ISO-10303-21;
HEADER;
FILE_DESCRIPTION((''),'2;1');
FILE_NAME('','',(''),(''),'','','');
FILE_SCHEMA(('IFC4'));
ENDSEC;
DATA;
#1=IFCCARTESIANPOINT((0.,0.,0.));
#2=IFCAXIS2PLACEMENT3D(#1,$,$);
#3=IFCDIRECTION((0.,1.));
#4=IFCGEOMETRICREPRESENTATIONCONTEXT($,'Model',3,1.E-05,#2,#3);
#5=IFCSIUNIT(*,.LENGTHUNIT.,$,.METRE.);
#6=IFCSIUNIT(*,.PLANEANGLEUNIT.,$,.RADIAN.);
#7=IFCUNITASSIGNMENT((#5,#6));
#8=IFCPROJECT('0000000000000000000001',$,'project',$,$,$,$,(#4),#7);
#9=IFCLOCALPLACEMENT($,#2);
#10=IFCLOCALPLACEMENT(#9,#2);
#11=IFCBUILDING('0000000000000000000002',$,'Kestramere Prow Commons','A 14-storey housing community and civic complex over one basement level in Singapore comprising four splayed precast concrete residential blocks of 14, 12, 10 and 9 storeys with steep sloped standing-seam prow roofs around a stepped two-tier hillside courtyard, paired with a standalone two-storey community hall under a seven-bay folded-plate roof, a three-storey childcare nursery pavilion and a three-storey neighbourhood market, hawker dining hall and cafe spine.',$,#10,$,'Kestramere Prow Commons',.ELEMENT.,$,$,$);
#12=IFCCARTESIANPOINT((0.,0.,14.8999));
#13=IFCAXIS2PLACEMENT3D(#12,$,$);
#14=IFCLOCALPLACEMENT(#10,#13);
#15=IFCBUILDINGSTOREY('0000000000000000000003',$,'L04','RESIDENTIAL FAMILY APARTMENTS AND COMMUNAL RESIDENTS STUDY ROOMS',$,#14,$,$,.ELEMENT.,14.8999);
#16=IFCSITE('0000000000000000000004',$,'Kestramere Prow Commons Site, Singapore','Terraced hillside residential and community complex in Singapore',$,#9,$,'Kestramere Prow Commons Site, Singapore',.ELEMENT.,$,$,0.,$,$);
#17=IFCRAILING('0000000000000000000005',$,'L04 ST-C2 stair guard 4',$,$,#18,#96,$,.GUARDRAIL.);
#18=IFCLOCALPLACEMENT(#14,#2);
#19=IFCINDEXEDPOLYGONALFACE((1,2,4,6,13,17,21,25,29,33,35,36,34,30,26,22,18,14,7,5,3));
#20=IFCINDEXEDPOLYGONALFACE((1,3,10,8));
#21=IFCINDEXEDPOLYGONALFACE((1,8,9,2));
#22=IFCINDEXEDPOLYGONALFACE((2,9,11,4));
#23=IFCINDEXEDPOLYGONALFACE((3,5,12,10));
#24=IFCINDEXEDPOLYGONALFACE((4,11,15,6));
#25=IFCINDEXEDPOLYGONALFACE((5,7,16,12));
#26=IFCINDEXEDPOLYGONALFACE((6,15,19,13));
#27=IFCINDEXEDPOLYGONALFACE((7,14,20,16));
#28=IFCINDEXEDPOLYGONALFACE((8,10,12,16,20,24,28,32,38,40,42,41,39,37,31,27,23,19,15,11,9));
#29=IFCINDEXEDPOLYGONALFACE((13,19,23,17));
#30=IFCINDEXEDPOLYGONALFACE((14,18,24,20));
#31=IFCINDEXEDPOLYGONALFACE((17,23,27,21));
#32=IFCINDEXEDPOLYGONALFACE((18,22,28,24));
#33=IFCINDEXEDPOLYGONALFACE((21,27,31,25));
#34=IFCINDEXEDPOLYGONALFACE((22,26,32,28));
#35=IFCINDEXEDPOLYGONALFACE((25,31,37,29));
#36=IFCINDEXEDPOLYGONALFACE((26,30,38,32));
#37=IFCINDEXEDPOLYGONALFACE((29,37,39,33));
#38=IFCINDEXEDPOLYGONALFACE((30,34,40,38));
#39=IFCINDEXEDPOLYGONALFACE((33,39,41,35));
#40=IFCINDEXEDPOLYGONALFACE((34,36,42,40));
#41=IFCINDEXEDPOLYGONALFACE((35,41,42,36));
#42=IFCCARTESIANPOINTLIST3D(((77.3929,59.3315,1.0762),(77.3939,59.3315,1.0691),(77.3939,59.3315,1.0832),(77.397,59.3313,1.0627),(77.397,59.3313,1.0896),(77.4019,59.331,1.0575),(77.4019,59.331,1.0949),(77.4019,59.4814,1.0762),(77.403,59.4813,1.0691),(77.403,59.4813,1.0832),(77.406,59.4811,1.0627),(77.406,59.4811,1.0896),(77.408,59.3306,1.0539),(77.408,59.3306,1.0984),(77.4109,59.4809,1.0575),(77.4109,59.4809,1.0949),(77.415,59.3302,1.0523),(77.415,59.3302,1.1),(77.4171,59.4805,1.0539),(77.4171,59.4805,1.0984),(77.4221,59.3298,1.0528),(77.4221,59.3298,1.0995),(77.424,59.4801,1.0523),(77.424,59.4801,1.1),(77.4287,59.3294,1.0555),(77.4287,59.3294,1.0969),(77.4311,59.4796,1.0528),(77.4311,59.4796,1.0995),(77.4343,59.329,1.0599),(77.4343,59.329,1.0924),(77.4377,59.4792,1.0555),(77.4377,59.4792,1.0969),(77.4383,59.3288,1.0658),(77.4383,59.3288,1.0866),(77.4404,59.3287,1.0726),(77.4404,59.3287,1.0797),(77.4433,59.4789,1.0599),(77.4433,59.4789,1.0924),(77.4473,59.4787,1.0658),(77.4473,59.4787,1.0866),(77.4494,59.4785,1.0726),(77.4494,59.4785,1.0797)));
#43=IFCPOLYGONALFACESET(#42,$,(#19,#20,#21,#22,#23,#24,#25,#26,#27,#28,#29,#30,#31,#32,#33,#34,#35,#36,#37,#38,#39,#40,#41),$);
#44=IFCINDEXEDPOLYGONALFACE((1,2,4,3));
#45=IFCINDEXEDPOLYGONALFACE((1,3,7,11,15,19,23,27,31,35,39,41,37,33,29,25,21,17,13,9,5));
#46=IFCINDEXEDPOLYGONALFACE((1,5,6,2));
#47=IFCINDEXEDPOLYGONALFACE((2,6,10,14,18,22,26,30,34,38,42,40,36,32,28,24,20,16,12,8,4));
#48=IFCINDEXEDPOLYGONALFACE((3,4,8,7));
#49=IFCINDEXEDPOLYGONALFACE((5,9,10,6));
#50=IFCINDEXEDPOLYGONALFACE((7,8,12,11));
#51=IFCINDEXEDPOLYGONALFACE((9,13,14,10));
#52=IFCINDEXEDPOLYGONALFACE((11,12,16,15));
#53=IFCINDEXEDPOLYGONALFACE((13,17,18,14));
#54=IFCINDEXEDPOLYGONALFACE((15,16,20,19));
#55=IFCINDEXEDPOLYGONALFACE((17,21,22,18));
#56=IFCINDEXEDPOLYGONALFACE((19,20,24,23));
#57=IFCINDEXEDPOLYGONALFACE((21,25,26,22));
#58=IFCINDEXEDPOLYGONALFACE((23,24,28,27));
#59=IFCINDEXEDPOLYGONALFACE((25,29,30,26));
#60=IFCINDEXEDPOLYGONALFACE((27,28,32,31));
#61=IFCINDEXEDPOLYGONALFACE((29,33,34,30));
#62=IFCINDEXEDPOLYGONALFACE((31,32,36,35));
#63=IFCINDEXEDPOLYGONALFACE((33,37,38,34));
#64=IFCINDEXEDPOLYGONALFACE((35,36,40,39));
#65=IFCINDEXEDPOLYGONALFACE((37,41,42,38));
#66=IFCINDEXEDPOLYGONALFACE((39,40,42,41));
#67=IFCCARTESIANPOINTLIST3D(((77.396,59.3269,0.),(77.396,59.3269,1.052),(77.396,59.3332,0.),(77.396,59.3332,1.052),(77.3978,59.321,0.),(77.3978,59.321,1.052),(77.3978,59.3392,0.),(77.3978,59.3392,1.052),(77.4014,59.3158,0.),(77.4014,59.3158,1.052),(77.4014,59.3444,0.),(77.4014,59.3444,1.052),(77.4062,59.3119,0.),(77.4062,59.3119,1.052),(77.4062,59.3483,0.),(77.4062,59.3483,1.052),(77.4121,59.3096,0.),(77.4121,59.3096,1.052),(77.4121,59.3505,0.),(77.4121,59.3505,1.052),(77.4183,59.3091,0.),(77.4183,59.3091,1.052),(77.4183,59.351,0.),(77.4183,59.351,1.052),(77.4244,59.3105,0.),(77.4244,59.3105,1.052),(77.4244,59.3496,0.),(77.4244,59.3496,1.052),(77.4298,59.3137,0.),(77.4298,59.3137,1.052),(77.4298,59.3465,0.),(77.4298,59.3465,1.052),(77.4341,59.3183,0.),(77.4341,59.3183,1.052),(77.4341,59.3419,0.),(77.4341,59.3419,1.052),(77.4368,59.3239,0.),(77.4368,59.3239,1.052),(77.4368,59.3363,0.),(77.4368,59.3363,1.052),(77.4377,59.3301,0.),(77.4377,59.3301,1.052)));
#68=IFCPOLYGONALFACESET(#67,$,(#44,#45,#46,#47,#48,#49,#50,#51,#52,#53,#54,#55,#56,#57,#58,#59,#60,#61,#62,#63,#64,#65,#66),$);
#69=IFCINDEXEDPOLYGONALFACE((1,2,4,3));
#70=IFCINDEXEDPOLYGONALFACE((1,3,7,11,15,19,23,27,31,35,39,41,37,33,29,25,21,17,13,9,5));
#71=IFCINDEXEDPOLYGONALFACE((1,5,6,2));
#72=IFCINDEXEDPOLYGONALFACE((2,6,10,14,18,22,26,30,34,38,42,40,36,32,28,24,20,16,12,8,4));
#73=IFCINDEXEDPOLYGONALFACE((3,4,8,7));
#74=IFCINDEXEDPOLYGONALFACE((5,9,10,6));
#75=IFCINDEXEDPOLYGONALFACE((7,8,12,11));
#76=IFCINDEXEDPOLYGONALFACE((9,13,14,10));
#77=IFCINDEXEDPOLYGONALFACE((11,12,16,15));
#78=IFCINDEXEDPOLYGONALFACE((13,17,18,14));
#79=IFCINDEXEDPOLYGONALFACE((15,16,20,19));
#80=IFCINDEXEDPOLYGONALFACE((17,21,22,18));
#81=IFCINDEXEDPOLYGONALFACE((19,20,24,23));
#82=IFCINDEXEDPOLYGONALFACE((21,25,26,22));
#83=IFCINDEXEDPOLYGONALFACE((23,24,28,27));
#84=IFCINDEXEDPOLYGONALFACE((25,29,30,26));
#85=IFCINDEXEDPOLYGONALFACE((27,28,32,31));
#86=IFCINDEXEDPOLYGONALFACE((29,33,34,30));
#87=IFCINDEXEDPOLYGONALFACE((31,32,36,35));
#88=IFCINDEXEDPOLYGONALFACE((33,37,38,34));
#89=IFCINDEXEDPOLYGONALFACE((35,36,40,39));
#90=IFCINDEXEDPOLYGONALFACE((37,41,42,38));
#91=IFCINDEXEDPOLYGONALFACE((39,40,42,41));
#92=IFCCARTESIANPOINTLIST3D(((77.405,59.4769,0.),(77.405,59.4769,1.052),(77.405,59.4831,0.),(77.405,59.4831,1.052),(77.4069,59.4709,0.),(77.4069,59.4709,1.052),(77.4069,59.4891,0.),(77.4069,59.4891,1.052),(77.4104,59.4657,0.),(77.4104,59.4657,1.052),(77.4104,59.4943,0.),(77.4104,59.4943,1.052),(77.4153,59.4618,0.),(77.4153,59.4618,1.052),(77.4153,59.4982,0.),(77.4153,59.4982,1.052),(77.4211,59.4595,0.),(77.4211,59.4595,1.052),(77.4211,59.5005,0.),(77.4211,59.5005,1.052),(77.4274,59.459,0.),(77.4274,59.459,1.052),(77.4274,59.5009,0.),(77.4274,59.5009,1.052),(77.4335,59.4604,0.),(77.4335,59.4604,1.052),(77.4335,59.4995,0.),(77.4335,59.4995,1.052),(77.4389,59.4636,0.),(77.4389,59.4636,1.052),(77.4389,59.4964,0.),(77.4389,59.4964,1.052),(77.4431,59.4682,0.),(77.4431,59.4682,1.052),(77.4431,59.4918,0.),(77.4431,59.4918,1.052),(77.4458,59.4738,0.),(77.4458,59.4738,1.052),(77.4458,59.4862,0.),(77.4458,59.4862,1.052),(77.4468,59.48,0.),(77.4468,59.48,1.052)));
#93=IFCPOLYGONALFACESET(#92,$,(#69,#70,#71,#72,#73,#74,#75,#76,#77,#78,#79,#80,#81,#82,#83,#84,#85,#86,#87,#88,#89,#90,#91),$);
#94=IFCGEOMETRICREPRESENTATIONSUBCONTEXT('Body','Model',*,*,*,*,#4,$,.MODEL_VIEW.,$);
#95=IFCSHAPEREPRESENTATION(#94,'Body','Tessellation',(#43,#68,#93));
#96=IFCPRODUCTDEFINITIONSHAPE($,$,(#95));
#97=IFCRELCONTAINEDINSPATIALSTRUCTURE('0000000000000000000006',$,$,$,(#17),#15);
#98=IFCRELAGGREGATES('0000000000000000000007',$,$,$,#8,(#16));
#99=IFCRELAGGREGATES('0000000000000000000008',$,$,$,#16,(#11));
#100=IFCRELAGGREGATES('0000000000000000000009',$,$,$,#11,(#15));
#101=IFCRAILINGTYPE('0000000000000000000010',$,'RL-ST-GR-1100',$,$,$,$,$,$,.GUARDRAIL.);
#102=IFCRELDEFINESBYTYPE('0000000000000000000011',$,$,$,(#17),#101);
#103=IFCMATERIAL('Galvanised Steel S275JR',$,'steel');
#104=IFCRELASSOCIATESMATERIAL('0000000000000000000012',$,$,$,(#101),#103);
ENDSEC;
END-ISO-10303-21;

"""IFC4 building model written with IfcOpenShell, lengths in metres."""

from ifc_helpers import new_model, si_unit, direction, frame, origin, origin_2d, place, context, subcontext, project, spatial, circle, extrude, material, type_object, element, save


model = new_model("IFC4")

# Units and contexts
model_context = context("Model", 3, precision=1e-05, world=origin(), true_north=direction((0.0, 1.0)))
body_context = subcontext(model_context, "Body", "Model", "MODEL_VIEW")
ifc_project = project(units=[si_unit("LENGTHUNIT", "METRE"), si_unit("PLANEANGLEUNIT", "RADIAN")], contexts=[model_context])

# Site, building, storey
site_placement = place(None, origin())
site = spatial("IfcSite", under=ifc_project, at=site_placement, Name="Kestramere Prow Commons Site, Singapore", Description="Terraced hillside residential and community complex in Singapore", LongName="Kestramere Prow Commons Site, Singapore", CompositionType="ELEMENT", RefElevation=0.0)
building_placement = place(site_placement, origin())
building = spatial("IfcBuilding", under=site, at=building_placement, Name="Kestramere Prow Commons", Description="A 14-storey housing community and civic complex over one basement level in Singapore comprising four splayed precast concrete residential blocks of 14, 12, 10 and 9 storeys with steep sloped standing-seam prow roofs around a stepped two-tier hillside courtyard, paired with a standalone two-storey community hall under a seven-bay folded-plate roof, a three-storey childcare nursery pavilion and a three-storey neighbourhood market, hawker dining hall and cafe spine.", LongName="Kestramere Prow Commons", CompositionType="ELEMENT")
storey_placement = place(building_placement, frame((0.0, 0.0, 14.8999)))
storey = spatial("IfcBuildingStorey", under=building, at=storey_placement, Name="L04", Description="RESIDENTIAL FAMILY APARTMENTS AND COMMUNAL RESIDENTS STUDY ROOMS", CompositionType="ELEMENT", Elevation=14.8999)

# Railing
ifc_material_1 = material(Name="Galvanised Steel S275JR", Category="steel")
railing_type_1 = type_object("IfcRailingType", Name="RL-ST-GR-1100", PredefinedType="GUARDRAIL", material=ifc_material_1)
railing_1_placement = place(storey_placement, frame((77.4167, 59.3301, 0.0)))
element("IfcRailing", 1, at=railing_1_placement, inside=storey, type_object=railing_type_1, Name="L04 ST-C2 stair guard 4", PredefinedType="GUARDRAIL", context=body_context, shape_type="SweptSolid", body=[
    extrude(circle(Radius=0.0239, at=origin_2d()), frame((0.0, 0.0, 1.0762), z_axis=(0.060151, 0.998189, 0.0), x_axis=(-0.998189, 0.060151, 0.0)), (0.0, 0.0, 1.0), 0.1501),
    extrude(circle(Radius=0.021, at=origin_2d()), origin(), (0.0, 0.0, 1.0), 1.052),
    extrude(circle(Radius=0.021, at=origin_2d()), frame((0.009, 0.1499, 0.0)), (0.0, 0.0, 1.0), 1.052),
])

save(model, "model.ifc")
